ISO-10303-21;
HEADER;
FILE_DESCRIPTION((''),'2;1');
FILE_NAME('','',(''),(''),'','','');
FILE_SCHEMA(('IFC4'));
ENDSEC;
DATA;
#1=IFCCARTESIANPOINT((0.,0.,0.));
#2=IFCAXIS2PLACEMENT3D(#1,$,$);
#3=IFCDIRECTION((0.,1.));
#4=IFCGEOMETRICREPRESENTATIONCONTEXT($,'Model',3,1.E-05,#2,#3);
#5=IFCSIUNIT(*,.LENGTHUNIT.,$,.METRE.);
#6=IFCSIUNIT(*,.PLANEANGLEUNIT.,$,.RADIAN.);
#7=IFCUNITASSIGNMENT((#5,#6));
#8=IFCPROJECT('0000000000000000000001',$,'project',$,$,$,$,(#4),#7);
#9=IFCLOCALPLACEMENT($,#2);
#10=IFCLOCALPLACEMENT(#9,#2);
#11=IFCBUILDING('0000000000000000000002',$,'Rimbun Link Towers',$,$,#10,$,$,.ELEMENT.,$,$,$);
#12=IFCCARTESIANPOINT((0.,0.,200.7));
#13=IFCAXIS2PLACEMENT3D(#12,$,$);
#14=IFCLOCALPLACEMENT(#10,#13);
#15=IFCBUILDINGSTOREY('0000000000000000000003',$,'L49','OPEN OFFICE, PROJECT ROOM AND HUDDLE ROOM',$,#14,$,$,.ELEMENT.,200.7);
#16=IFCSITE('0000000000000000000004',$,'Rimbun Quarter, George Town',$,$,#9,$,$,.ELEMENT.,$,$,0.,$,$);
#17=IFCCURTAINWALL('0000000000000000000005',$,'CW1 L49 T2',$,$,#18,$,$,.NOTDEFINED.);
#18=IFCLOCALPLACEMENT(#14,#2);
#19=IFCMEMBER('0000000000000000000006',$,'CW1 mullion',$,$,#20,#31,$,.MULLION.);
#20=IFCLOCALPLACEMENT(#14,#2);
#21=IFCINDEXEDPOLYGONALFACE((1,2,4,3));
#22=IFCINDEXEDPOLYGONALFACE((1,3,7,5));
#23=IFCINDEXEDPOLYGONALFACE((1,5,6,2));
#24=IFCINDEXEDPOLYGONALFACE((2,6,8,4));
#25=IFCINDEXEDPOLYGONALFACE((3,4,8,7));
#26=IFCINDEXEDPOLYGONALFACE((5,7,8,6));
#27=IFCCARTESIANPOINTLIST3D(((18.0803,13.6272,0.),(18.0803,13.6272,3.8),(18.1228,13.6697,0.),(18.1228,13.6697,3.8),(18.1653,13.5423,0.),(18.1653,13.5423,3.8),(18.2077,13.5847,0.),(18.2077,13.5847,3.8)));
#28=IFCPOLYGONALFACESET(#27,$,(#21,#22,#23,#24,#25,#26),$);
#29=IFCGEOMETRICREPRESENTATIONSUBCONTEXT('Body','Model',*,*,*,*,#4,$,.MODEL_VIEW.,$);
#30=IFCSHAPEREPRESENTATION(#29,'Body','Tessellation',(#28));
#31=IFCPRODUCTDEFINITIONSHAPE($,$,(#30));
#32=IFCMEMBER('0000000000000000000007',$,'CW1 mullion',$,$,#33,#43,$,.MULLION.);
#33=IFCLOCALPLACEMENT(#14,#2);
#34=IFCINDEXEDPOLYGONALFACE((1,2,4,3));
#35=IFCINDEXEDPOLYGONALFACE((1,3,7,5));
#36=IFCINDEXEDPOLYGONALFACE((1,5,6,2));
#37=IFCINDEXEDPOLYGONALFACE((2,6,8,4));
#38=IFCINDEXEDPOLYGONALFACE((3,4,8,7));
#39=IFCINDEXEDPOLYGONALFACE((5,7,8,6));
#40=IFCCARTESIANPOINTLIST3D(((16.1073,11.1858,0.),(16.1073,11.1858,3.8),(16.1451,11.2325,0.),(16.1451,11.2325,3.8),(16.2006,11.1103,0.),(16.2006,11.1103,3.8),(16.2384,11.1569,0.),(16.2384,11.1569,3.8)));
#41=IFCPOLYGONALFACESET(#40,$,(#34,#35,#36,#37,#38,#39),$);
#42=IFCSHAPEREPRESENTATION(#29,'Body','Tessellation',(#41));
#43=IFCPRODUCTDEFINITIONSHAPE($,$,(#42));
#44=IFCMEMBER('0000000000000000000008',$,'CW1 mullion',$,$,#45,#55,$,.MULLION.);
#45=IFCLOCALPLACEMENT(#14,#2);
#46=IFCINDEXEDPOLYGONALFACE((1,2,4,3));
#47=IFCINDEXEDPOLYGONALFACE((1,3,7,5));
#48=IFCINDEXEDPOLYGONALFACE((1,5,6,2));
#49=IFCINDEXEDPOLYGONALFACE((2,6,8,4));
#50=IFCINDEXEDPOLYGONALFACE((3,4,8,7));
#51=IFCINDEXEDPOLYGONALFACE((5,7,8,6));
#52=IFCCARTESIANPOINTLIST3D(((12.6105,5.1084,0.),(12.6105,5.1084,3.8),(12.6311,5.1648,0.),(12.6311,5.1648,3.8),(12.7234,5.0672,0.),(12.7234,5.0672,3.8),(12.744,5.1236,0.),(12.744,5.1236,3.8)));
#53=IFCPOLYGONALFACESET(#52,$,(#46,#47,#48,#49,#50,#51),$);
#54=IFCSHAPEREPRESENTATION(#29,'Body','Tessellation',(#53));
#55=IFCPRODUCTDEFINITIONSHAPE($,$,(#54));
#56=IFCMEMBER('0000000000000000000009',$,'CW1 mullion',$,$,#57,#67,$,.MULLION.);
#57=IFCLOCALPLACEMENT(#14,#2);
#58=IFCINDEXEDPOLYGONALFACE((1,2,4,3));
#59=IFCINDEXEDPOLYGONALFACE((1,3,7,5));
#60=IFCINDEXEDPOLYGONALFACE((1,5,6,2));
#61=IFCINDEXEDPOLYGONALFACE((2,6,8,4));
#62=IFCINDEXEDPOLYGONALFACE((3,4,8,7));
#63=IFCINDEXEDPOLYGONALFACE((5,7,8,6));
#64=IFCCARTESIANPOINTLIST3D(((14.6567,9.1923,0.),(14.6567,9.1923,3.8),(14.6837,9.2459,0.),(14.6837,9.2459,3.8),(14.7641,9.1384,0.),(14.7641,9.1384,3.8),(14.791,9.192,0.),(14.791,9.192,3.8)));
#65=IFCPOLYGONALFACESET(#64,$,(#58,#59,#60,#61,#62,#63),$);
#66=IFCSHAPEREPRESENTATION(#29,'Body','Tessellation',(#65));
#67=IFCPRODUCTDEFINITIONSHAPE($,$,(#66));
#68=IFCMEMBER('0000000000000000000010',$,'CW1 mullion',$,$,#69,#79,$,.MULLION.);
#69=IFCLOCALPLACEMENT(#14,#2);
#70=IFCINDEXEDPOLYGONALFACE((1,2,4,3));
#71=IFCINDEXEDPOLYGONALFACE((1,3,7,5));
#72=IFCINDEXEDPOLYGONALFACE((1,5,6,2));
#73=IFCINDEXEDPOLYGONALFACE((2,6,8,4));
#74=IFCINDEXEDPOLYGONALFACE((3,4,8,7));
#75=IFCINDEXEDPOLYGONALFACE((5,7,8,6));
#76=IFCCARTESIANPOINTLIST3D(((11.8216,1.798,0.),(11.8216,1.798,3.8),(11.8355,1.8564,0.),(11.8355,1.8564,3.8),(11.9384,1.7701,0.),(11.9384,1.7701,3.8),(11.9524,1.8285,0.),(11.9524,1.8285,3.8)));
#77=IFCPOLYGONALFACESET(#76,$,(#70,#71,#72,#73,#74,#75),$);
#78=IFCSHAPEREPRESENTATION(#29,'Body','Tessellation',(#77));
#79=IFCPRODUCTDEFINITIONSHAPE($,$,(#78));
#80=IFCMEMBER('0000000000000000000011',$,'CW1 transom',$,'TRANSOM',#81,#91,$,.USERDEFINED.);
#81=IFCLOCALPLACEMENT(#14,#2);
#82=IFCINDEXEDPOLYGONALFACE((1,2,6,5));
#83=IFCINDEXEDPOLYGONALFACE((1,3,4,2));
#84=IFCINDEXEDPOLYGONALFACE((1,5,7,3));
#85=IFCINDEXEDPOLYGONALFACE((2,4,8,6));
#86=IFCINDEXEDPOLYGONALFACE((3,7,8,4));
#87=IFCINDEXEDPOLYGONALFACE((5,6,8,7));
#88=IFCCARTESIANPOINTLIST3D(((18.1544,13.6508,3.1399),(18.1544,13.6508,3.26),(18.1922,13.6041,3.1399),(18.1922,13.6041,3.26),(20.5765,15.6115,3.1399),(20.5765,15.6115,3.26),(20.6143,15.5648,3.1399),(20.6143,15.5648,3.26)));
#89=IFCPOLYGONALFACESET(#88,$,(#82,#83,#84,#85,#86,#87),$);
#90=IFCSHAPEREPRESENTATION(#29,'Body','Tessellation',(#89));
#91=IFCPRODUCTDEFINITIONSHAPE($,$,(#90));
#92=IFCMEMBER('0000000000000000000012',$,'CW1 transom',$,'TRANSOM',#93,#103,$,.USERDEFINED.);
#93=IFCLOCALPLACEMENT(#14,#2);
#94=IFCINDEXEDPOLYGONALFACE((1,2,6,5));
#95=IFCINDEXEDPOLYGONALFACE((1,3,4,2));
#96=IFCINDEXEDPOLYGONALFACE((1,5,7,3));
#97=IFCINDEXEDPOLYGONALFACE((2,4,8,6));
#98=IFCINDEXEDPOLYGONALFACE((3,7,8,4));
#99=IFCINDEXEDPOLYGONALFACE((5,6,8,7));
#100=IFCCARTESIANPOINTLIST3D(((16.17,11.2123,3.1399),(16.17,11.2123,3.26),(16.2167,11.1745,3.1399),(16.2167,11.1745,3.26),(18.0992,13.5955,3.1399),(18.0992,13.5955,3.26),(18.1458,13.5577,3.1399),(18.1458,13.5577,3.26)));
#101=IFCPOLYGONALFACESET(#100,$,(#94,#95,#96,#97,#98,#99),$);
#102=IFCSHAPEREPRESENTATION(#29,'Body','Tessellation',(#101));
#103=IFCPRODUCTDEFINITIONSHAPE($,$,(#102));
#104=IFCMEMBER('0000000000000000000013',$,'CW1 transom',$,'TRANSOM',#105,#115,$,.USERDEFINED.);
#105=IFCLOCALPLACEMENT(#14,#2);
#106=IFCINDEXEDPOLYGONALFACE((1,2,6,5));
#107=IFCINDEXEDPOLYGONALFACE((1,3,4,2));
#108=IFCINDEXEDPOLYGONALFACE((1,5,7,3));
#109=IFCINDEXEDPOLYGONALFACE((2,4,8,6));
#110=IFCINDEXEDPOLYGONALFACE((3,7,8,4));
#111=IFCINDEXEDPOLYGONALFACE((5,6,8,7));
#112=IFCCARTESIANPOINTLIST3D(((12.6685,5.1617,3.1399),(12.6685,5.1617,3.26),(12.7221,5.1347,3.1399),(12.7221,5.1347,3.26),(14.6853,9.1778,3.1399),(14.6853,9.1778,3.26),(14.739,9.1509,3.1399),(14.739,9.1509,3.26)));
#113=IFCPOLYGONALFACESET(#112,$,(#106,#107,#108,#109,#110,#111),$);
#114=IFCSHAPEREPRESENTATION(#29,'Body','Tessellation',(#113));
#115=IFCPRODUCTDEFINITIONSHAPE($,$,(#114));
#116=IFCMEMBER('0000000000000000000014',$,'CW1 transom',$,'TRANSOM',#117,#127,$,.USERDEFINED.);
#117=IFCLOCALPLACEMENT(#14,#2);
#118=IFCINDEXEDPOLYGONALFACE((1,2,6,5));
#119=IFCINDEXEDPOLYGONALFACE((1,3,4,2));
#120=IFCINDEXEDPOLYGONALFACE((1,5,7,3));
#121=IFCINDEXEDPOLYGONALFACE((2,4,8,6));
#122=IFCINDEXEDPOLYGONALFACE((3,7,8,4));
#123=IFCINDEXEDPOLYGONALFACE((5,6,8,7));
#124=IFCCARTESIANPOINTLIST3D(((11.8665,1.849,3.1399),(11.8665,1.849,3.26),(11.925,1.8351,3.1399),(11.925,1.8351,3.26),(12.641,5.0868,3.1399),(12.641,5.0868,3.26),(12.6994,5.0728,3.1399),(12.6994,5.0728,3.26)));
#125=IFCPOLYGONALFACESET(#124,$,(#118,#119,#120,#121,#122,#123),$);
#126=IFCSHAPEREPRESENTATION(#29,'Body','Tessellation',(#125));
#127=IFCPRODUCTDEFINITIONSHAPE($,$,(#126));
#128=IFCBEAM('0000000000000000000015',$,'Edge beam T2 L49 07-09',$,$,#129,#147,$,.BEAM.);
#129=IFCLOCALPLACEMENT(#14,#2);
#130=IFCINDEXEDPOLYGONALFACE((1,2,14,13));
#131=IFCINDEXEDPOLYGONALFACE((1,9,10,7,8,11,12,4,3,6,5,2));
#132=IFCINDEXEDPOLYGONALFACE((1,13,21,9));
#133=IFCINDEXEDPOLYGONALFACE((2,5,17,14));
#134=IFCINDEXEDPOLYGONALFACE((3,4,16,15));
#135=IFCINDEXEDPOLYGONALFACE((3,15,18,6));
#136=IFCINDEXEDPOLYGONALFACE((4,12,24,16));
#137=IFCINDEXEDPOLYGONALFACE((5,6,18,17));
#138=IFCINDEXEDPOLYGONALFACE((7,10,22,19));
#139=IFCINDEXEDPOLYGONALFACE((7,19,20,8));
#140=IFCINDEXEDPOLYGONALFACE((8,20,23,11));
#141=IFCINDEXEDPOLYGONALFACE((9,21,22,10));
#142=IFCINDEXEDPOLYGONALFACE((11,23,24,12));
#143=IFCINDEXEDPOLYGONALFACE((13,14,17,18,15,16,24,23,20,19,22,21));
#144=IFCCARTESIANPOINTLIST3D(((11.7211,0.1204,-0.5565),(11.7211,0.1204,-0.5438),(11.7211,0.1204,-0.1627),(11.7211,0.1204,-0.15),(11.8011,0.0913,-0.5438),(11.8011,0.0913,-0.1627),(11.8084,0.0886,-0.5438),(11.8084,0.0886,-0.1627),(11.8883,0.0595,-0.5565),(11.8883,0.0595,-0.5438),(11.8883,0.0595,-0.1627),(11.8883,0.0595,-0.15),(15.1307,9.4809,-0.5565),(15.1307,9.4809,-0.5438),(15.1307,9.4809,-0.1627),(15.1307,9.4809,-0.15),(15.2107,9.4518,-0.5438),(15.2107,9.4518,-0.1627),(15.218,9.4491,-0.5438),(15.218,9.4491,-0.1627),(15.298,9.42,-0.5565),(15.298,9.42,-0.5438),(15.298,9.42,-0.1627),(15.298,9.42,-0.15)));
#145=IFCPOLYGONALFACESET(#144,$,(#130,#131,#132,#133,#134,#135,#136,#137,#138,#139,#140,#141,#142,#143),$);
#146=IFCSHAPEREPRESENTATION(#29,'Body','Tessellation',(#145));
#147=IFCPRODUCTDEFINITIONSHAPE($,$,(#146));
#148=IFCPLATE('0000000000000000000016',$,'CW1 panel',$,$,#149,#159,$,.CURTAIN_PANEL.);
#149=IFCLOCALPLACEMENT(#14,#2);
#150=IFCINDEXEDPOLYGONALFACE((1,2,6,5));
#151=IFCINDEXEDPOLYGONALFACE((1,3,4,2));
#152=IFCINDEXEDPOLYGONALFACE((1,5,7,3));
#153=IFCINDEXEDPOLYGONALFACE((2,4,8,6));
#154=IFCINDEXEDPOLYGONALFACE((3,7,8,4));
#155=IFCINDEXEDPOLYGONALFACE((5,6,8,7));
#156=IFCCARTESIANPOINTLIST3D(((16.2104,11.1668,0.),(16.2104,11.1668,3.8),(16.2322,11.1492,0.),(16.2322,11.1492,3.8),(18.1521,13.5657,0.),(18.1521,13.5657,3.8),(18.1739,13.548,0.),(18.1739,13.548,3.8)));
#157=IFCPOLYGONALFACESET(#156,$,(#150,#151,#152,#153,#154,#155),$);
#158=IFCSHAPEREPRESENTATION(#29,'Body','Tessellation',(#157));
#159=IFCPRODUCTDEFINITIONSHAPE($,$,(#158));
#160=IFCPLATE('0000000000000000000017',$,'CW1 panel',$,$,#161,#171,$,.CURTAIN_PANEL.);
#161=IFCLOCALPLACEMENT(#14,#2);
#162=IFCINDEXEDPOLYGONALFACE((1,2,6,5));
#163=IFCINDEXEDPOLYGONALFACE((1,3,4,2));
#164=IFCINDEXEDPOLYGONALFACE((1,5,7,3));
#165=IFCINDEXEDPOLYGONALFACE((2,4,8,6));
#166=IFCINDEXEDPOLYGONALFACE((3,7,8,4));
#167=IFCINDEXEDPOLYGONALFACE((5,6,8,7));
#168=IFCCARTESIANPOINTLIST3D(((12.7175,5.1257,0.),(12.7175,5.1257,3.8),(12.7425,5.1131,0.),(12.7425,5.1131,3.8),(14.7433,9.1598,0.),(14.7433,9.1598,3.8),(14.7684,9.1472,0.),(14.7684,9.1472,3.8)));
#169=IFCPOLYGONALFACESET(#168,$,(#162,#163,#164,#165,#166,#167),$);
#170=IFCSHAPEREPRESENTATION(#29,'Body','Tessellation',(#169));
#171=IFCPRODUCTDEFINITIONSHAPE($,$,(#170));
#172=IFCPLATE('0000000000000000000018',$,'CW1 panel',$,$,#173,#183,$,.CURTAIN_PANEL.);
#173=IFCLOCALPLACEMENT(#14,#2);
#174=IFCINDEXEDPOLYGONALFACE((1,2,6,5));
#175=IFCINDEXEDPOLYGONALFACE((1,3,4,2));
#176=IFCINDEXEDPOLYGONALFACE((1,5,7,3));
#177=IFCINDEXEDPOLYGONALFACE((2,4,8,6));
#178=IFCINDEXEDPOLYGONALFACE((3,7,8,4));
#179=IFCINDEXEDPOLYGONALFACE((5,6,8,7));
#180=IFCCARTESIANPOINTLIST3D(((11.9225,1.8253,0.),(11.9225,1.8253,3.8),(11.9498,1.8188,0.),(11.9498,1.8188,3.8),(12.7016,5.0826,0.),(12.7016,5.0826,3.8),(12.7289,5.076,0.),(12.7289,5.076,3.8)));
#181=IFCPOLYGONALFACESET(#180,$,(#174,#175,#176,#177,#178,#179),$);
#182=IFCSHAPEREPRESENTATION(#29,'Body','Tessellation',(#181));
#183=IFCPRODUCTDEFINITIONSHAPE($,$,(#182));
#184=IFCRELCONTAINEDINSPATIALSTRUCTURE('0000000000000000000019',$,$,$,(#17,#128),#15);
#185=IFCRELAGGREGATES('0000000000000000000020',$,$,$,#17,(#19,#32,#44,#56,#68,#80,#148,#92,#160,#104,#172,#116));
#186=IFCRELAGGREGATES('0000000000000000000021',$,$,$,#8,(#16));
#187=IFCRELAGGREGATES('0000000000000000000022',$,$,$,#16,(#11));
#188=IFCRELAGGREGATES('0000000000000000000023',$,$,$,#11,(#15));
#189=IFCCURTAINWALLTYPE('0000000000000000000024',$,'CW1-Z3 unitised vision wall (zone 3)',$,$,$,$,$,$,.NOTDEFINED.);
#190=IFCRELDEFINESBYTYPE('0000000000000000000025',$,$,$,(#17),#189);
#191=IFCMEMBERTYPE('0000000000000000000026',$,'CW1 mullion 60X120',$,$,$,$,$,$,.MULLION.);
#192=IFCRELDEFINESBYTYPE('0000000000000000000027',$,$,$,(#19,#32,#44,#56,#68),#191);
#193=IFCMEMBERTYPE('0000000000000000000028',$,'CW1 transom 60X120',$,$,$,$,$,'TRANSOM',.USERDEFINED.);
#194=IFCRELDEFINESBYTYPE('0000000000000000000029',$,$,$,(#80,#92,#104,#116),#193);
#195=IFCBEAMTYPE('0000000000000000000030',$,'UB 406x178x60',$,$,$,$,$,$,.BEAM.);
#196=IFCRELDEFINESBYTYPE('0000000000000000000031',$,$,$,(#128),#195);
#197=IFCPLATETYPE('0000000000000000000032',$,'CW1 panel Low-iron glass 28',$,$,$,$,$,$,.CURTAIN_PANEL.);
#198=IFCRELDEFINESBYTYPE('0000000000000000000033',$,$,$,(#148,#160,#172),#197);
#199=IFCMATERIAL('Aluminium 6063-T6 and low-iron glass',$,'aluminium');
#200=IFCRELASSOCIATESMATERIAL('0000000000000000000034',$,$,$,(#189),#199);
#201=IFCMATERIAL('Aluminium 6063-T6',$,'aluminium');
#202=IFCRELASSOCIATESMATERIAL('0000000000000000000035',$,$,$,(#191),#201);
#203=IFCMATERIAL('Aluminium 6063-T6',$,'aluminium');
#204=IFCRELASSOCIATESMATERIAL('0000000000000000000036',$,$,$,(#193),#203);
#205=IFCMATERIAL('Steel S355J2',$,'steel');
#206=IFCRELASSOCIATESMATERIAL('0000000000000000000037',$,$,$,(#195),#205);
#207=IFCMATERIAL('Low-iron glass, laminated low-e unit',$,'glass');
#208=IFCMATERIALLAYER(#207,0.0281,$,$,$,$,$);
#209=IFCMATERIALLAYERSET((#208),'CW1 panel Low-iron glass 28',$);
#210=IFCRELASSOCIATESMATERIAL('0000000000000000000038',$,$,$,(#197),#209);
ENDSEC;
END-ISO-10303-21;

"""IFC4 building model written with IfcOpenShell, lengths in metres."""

from ifc_helpers import new_model, si_unit, direction, frame, origin, origin_2d, place, context, subcontext, project, spatial, rectangle, i_section, extrude, material, layer, layer_set, material_profile, profile_set, type_object, element, aggregate, save


model = new_model("IFC4")

# Units and contexts
model_context = context("Model", 3, precision=1e-05, world=origin(), true_north=direction((0.0, 1.0)))
body_context = subcontext(model_context, "Body", "Model", "MODEL_VIEW")
ifc_project = project(units=[si_unit("LENGTHUNIT", "METRE"), si_unit("PLANEANGLEUNIT", "RADIAN")], contexts=[model_context])

# Site, building, storey
site_placement = place(None, origin())
site = spatial("IfcSite", under=ifc_project, at=site_placement, Name="Rimbun Quarter, George Town", CompositionType="ELEMENT", RefElevation=0.0)
building_placement = place(site_placement, origin())
building = spatial("IfcBuilding", under=site, at=building_placement, Name="Rimbun Link Towers", CompositionType="ELEMENT")
storey_placement = place(building_placement, frame((0.0, 0.0, 200.7)))
storey = spatial("IfcBuildingStorey", under=building, at=storey_placement, Name="L49", Description="OPEN OFFICE, PROJECT ROOM AND HUDDLE ROOM", CompositionType="ELEMENT", Elevation=200.7)

# Curtain wall, members
ifc_material_1 = material(Name="Aluminium 6063-T6 and low-iron glass", Category="aluminium")
curtain_wall_type = type_object("IfcCurtainWallType", Name="CW1-Z3 unitised vision wall (zone 3)", PredefinedType="NOTDEFINED", material=ifc_material_1)
curtain_wall_placement = place(storey_placement, origin())
curtain_wall = element("IfcCurtainWall", 1, at=curtain_wall_placement, inside=storey, type_object=curtain_wall_type, Name="CW1 L49 T2", PredefinedType="NOTDEFINED")
ifc_material_2 = material(Name="Aluminium 6063-T6", Category="aluminium")
ifc_material_profile_1 = material_profile(ifc_material_2, rectangle(XDim=0.1201, YDim=0.0601, at=origin_2d()), Name="MULLION 60X120")
ifc_profile_set_1 = profile_set([ifc_material_profile_1], Name="Aluminium 6063-T6")
member_type_1 = type_object("IfcMemberType", Name="CW1 mullion 60X120", PredefinedType="MULLION", material=ifc_profile_set_1)
member_1_placement = place(storey_placement, frame((18.144, 13.606, 0.0), z_axis=(0.0, 0.0, 1.0), x_axis=(-0.707107, 0.707107, 0.0)))
member_1 = element("IfcMember", 2, at=member_1_placement, type_object=member_type_1, Name="CW1 mullion", PredefinedType="MULLION", context=body_context, shape_type="SweptSolid", body=[
    extrude(rectangle(XDim=0.1201, YDim=0.0601, at=origin_2d()), origin(), (0.0, 0.0, 1.0), 3.8),
])
member_2_placement = place(storey_placement, frame((16.1729, 11.1714, 0.0), z_axis=(0.0, 0.0, 1.0), x_axis=(-0.777279, 0.629156, 0.0)))
member_2 = element("IfcMember", 3, at=member_2_placement, type_object=member_type_1, Name="CW1 mullion", PredefinedType="MULLION", context=body_context, shape_type="SweptSolid", body=[
    extrude(rectangle(XDim=0.1201, YDim=0.0601, at=origin_2d()), origin(), (0.0, 0.0, 1.0), 3.8),
])
member_3_placement = place(storey_placement, frame((12.6772, 5.116, 0.0), z_axis=(0.0, 0.0, 1.0), x_axis=(-0.939346, 0.342972, 0.0)))
member_3 = element("IfcMember", 4, at=member_3_placement, type_object=member_type_1, Name="CW1 mullion", PredefinedType="MULLION", context=body_context, shape_type="SweptSolid", body=[
    extrude(rectangle(XDim=0.1201, YDim=0.0601, at=origin_2d()), origin(), (0.0, 0.0, 1.0), 3.8),
])
member_4_placement = place(storey_placement, frame((14.7239, 9.1921, 0.0), z_axis=(0.0, 0.0, 1.0), x_axis=(-0.893646, 0.448772, 0.0)))
member_4 = element("IfcMember", 5, at=member_4_placement, type_object=member_type_1, Name="CW1 mullion", PredefinedType="MULLION", context=body_context, shape_type="SweptSolid", body=[
    extrude(rectangle(XDim=0.1201, YDim=0.0601, at=origin_2d()), origin(), (0.0, 0.0, 1.0), 3.8),
])
member_5_placement = place(storey_placement, frame((11.887, 1.8132, 0.0), z_axis=(0.0, 0.0, 1.0), x_axis=(-0.972569, 0.232616, 0.0)))
member_5 = element("IfcMember", 6, at=member_5_placement, type_object=member_type_1, Name="CW1 mullion", PredefinedType="MULLION", context=body_context, shape_type="SweptSolid", body=[
    extrude(rectangle(XDim=0.1201, YDim=0.0601, at=origin_2d()), origin(), (0.0, 0.0, 1.0), 3.8),
])
ifc_material_3 = material(Name="Aluminium 6063-T6", Category="aluminium")
ifc_material_profile_2 = material_profile(ifc_material_3, rectangle(XDim=0.0601, YDim=0.1201, at=origin_2d()), Name="TRANSOM 60X120")
ifc_profile_set_2 = profile_set([ifc_material_profile_2], Name="Aluminium 6063-T6")
member_type_2 = type_object("IfcMemberType", Name="CW1 transom 60X120", ElementType="TRANSOM", PredefinedType="USERDEFINED", material=ifc_profile_set_2)
member_6_placement = place(storey_placement, frame((18.1733, 13.6274, 3.2), z_axis=(0.777256, 0.629185, 0.0), x_axis=(-0.629185, 0.777256, 0.0)))
member_6 = element("IfcMember", 7, at=member_6_placement, type_object=member_type_2, Name="CW1 transom", ObjectType="TRANSOM", PredefinedType="USERDEFINED", context=body_context, shape_type="SweptSolid", body=[
    extrude(rectangle(XDim=0.0601, YDim=0.1201, at=origin_2d()), origin(), (0.0, 0.0, 1.0), 3.1162),
])
member_7_placement = place(storey_placement, frame((16.1934, 11.1934, 3.2), z_axis=(0.629171, 0.777267, 0.0), x_axis=(-0.777267, 0.629171, 0.0)))
member_7 = element("IfcMember", 8, at=member_7_placement, type_object=member_type_2, Name="CW1 transom", ObjectType="TRANSOM", PredefinedType="USERDEFINED", context=body_context, shape_type="SweptSolid", body=[
    extrude(rectangle(XDim=0.0601, YDim=0.1201, at=origin_2d()), origin(), (0.0, 0.0, 1.0), 3.0662),
])
member_8_placement = place(storey_placement, frame((12.6953, 5.1482, 3.2), z_axis=(0.448777, 0.893644, 0.0), x_axis=(-0.893644, 0.448777, 0.0)))
member_8 = element("IfcMember", 9, at=member_8_placement, type_object=member_type_2, Name="CW1 transom", ObjectType="TRANSOM", PredefinedType="USERDEFINED", context=body_context, shape_type="SweptSolid", body=[
    extrude(rectangle(XDim=0.0601, YDim=0.1201, at=origin_2d()), origin(), (0.0, 0.0, 1.0), 4.4941),
])
member_9_placement = place(storey_placement, frame((11.8958, 1.842, 3.2), z_axis=(0.232618, 0.972568, 0.0), x_axis=(-0.972568, 0.232618, 0.0)))
member_9 = element("IfcMember", 10, at=member_9_placement, type_object=member_type_2, Name="CW1 transom", ObjectType="TRANSOM", PredefinedType="USERDEFINED", context=body_context, shape_type="SweptSolid", body=[
    extrude(rectangle(XDim=0.0601, YDim=0.1201, at=origin_2d()), origin(), (0.0, 0.0, 1.0), 3.3291),
])

# Beam
ifc_material_4 = material(Name="Steel S355J2", Category="steel")
ifc_material_profile_3 = material_profile(ifc_material_4, i_section(OverallWidth=0.178, OverallDepth=0.4065, WebThickness=0.0078, FlangeThickness=0.0127, at=origin_2d()), Name="UB 406x178x60")
ifc_profile_set_3 = profile_set([ifc_material_profile_3], Name="Steel S355J2")
beam_type = type_object("IfcBeamType", Name="UB 406x178x60", PredefinedType="BEAM", material=ifc_profile_set_3)
beam_placement = place(storey_placement, frame((15.2144, 9.4504, -0.3533), z_axis=(-0.342259, -0.939606, 0.0), x_axis=(0.939606, -0.342259, 0.0)))
element("IfcBeam", 11, at=beam_placement, inside=storey, type_object=beam_type, Name="Edge beam T2 L49 07-09", PredefinedType="BEAM", context=body_context, shape_type="SweptSolid", body=[
    extrude(i_section(OverallWidth=0.178, OverallDepth=0.4065, WebThickness=0.0078, FlangeThickness=0.0127, at=origin_2d()), origin(), (0.0, 0.0, 1.0), 9.9622),
])

# Plates
ifc_material_5 = material(Name="Low-iron glass, laminated low-e unit", Category="glass")
ifc_layer_1 = layer(ifc_material_5, 0.0281)
ifc_layer_set_1 = layer_set([ifc_layer_1], Name="CW1 panel Low-iron glass 28")
plate_type = type_object("IfcPlateType", Name="CW1 panel Low-iron glass 28", PredefinedType="CURTAIN_PANEL", material=ifc_layer_set_1)
plate_1_placement = place(storey_placement, frame((17.1921, 12.3574, 0.0), z_axis=(0.0, 0.0, 1.0), x_axis=(0.629156, 0.777279, 0.0)))
plate_1 = element("IfcPlate", 12, at=plate_1_placement, type_object=plate_type, Name="CW1 panel", PredefinedType="CURTAIN_PANEL", context=body_context, shape_type="SweptSolid", body=[
    extrude(rectangle(XDim=3.0862, YDim=0.0281, at=origin_2d()), origin(), (0.0, 0.0, 1.0), 3.8),
])
plate_2_placement = place(storey_placement, frame((13.7429, 7.1365, 0.0), z_axis=(0.0, 0.0, 1.0), x_axis=(0.448772, 0.893646, 0.0)))
plate_2 = element("IfcPlate", 13, at=plate_2_placement, type_object=plate_type, Name="CW1 panel", PredefinedType="CURTAIN_PANEL", context=body_context, shape_type="SweptSolid", body=[
    extrude(rectangle(XDim=4.5142, YDim=0.0281, at=origin_2d()), origin(), (0.0, 0.0, 1.0), 3.8),
])
plate_3_placement = place(storey_placement, frame((12.3257, 3.4507, 0.0), z_axis=(0.0, 0.0, 1.0), x_axis=(0.232616, 0.972569, 0.0)))
plate_3 = element("IfcPlate", 14, at=plate_3_placement, type_object=plate_type, Name="CW1 panel", PredefinedType="CURTAIN_PANEL", context=body_context, shape_type="SweptSolid", body=[
    extrude(rectangle(XDim=3.3491, YDim=0.0281, at=origin_2d()), origin(), (0.0, 0.0, 1.0), 3.8),
])
aggregate(curtain_wall, [member_1, member_2, member_3, member_4, member_5, member_6, plate_1, member_7, plate_2, member_8, plate_3, member_9])

save(model, "model.ifc")
